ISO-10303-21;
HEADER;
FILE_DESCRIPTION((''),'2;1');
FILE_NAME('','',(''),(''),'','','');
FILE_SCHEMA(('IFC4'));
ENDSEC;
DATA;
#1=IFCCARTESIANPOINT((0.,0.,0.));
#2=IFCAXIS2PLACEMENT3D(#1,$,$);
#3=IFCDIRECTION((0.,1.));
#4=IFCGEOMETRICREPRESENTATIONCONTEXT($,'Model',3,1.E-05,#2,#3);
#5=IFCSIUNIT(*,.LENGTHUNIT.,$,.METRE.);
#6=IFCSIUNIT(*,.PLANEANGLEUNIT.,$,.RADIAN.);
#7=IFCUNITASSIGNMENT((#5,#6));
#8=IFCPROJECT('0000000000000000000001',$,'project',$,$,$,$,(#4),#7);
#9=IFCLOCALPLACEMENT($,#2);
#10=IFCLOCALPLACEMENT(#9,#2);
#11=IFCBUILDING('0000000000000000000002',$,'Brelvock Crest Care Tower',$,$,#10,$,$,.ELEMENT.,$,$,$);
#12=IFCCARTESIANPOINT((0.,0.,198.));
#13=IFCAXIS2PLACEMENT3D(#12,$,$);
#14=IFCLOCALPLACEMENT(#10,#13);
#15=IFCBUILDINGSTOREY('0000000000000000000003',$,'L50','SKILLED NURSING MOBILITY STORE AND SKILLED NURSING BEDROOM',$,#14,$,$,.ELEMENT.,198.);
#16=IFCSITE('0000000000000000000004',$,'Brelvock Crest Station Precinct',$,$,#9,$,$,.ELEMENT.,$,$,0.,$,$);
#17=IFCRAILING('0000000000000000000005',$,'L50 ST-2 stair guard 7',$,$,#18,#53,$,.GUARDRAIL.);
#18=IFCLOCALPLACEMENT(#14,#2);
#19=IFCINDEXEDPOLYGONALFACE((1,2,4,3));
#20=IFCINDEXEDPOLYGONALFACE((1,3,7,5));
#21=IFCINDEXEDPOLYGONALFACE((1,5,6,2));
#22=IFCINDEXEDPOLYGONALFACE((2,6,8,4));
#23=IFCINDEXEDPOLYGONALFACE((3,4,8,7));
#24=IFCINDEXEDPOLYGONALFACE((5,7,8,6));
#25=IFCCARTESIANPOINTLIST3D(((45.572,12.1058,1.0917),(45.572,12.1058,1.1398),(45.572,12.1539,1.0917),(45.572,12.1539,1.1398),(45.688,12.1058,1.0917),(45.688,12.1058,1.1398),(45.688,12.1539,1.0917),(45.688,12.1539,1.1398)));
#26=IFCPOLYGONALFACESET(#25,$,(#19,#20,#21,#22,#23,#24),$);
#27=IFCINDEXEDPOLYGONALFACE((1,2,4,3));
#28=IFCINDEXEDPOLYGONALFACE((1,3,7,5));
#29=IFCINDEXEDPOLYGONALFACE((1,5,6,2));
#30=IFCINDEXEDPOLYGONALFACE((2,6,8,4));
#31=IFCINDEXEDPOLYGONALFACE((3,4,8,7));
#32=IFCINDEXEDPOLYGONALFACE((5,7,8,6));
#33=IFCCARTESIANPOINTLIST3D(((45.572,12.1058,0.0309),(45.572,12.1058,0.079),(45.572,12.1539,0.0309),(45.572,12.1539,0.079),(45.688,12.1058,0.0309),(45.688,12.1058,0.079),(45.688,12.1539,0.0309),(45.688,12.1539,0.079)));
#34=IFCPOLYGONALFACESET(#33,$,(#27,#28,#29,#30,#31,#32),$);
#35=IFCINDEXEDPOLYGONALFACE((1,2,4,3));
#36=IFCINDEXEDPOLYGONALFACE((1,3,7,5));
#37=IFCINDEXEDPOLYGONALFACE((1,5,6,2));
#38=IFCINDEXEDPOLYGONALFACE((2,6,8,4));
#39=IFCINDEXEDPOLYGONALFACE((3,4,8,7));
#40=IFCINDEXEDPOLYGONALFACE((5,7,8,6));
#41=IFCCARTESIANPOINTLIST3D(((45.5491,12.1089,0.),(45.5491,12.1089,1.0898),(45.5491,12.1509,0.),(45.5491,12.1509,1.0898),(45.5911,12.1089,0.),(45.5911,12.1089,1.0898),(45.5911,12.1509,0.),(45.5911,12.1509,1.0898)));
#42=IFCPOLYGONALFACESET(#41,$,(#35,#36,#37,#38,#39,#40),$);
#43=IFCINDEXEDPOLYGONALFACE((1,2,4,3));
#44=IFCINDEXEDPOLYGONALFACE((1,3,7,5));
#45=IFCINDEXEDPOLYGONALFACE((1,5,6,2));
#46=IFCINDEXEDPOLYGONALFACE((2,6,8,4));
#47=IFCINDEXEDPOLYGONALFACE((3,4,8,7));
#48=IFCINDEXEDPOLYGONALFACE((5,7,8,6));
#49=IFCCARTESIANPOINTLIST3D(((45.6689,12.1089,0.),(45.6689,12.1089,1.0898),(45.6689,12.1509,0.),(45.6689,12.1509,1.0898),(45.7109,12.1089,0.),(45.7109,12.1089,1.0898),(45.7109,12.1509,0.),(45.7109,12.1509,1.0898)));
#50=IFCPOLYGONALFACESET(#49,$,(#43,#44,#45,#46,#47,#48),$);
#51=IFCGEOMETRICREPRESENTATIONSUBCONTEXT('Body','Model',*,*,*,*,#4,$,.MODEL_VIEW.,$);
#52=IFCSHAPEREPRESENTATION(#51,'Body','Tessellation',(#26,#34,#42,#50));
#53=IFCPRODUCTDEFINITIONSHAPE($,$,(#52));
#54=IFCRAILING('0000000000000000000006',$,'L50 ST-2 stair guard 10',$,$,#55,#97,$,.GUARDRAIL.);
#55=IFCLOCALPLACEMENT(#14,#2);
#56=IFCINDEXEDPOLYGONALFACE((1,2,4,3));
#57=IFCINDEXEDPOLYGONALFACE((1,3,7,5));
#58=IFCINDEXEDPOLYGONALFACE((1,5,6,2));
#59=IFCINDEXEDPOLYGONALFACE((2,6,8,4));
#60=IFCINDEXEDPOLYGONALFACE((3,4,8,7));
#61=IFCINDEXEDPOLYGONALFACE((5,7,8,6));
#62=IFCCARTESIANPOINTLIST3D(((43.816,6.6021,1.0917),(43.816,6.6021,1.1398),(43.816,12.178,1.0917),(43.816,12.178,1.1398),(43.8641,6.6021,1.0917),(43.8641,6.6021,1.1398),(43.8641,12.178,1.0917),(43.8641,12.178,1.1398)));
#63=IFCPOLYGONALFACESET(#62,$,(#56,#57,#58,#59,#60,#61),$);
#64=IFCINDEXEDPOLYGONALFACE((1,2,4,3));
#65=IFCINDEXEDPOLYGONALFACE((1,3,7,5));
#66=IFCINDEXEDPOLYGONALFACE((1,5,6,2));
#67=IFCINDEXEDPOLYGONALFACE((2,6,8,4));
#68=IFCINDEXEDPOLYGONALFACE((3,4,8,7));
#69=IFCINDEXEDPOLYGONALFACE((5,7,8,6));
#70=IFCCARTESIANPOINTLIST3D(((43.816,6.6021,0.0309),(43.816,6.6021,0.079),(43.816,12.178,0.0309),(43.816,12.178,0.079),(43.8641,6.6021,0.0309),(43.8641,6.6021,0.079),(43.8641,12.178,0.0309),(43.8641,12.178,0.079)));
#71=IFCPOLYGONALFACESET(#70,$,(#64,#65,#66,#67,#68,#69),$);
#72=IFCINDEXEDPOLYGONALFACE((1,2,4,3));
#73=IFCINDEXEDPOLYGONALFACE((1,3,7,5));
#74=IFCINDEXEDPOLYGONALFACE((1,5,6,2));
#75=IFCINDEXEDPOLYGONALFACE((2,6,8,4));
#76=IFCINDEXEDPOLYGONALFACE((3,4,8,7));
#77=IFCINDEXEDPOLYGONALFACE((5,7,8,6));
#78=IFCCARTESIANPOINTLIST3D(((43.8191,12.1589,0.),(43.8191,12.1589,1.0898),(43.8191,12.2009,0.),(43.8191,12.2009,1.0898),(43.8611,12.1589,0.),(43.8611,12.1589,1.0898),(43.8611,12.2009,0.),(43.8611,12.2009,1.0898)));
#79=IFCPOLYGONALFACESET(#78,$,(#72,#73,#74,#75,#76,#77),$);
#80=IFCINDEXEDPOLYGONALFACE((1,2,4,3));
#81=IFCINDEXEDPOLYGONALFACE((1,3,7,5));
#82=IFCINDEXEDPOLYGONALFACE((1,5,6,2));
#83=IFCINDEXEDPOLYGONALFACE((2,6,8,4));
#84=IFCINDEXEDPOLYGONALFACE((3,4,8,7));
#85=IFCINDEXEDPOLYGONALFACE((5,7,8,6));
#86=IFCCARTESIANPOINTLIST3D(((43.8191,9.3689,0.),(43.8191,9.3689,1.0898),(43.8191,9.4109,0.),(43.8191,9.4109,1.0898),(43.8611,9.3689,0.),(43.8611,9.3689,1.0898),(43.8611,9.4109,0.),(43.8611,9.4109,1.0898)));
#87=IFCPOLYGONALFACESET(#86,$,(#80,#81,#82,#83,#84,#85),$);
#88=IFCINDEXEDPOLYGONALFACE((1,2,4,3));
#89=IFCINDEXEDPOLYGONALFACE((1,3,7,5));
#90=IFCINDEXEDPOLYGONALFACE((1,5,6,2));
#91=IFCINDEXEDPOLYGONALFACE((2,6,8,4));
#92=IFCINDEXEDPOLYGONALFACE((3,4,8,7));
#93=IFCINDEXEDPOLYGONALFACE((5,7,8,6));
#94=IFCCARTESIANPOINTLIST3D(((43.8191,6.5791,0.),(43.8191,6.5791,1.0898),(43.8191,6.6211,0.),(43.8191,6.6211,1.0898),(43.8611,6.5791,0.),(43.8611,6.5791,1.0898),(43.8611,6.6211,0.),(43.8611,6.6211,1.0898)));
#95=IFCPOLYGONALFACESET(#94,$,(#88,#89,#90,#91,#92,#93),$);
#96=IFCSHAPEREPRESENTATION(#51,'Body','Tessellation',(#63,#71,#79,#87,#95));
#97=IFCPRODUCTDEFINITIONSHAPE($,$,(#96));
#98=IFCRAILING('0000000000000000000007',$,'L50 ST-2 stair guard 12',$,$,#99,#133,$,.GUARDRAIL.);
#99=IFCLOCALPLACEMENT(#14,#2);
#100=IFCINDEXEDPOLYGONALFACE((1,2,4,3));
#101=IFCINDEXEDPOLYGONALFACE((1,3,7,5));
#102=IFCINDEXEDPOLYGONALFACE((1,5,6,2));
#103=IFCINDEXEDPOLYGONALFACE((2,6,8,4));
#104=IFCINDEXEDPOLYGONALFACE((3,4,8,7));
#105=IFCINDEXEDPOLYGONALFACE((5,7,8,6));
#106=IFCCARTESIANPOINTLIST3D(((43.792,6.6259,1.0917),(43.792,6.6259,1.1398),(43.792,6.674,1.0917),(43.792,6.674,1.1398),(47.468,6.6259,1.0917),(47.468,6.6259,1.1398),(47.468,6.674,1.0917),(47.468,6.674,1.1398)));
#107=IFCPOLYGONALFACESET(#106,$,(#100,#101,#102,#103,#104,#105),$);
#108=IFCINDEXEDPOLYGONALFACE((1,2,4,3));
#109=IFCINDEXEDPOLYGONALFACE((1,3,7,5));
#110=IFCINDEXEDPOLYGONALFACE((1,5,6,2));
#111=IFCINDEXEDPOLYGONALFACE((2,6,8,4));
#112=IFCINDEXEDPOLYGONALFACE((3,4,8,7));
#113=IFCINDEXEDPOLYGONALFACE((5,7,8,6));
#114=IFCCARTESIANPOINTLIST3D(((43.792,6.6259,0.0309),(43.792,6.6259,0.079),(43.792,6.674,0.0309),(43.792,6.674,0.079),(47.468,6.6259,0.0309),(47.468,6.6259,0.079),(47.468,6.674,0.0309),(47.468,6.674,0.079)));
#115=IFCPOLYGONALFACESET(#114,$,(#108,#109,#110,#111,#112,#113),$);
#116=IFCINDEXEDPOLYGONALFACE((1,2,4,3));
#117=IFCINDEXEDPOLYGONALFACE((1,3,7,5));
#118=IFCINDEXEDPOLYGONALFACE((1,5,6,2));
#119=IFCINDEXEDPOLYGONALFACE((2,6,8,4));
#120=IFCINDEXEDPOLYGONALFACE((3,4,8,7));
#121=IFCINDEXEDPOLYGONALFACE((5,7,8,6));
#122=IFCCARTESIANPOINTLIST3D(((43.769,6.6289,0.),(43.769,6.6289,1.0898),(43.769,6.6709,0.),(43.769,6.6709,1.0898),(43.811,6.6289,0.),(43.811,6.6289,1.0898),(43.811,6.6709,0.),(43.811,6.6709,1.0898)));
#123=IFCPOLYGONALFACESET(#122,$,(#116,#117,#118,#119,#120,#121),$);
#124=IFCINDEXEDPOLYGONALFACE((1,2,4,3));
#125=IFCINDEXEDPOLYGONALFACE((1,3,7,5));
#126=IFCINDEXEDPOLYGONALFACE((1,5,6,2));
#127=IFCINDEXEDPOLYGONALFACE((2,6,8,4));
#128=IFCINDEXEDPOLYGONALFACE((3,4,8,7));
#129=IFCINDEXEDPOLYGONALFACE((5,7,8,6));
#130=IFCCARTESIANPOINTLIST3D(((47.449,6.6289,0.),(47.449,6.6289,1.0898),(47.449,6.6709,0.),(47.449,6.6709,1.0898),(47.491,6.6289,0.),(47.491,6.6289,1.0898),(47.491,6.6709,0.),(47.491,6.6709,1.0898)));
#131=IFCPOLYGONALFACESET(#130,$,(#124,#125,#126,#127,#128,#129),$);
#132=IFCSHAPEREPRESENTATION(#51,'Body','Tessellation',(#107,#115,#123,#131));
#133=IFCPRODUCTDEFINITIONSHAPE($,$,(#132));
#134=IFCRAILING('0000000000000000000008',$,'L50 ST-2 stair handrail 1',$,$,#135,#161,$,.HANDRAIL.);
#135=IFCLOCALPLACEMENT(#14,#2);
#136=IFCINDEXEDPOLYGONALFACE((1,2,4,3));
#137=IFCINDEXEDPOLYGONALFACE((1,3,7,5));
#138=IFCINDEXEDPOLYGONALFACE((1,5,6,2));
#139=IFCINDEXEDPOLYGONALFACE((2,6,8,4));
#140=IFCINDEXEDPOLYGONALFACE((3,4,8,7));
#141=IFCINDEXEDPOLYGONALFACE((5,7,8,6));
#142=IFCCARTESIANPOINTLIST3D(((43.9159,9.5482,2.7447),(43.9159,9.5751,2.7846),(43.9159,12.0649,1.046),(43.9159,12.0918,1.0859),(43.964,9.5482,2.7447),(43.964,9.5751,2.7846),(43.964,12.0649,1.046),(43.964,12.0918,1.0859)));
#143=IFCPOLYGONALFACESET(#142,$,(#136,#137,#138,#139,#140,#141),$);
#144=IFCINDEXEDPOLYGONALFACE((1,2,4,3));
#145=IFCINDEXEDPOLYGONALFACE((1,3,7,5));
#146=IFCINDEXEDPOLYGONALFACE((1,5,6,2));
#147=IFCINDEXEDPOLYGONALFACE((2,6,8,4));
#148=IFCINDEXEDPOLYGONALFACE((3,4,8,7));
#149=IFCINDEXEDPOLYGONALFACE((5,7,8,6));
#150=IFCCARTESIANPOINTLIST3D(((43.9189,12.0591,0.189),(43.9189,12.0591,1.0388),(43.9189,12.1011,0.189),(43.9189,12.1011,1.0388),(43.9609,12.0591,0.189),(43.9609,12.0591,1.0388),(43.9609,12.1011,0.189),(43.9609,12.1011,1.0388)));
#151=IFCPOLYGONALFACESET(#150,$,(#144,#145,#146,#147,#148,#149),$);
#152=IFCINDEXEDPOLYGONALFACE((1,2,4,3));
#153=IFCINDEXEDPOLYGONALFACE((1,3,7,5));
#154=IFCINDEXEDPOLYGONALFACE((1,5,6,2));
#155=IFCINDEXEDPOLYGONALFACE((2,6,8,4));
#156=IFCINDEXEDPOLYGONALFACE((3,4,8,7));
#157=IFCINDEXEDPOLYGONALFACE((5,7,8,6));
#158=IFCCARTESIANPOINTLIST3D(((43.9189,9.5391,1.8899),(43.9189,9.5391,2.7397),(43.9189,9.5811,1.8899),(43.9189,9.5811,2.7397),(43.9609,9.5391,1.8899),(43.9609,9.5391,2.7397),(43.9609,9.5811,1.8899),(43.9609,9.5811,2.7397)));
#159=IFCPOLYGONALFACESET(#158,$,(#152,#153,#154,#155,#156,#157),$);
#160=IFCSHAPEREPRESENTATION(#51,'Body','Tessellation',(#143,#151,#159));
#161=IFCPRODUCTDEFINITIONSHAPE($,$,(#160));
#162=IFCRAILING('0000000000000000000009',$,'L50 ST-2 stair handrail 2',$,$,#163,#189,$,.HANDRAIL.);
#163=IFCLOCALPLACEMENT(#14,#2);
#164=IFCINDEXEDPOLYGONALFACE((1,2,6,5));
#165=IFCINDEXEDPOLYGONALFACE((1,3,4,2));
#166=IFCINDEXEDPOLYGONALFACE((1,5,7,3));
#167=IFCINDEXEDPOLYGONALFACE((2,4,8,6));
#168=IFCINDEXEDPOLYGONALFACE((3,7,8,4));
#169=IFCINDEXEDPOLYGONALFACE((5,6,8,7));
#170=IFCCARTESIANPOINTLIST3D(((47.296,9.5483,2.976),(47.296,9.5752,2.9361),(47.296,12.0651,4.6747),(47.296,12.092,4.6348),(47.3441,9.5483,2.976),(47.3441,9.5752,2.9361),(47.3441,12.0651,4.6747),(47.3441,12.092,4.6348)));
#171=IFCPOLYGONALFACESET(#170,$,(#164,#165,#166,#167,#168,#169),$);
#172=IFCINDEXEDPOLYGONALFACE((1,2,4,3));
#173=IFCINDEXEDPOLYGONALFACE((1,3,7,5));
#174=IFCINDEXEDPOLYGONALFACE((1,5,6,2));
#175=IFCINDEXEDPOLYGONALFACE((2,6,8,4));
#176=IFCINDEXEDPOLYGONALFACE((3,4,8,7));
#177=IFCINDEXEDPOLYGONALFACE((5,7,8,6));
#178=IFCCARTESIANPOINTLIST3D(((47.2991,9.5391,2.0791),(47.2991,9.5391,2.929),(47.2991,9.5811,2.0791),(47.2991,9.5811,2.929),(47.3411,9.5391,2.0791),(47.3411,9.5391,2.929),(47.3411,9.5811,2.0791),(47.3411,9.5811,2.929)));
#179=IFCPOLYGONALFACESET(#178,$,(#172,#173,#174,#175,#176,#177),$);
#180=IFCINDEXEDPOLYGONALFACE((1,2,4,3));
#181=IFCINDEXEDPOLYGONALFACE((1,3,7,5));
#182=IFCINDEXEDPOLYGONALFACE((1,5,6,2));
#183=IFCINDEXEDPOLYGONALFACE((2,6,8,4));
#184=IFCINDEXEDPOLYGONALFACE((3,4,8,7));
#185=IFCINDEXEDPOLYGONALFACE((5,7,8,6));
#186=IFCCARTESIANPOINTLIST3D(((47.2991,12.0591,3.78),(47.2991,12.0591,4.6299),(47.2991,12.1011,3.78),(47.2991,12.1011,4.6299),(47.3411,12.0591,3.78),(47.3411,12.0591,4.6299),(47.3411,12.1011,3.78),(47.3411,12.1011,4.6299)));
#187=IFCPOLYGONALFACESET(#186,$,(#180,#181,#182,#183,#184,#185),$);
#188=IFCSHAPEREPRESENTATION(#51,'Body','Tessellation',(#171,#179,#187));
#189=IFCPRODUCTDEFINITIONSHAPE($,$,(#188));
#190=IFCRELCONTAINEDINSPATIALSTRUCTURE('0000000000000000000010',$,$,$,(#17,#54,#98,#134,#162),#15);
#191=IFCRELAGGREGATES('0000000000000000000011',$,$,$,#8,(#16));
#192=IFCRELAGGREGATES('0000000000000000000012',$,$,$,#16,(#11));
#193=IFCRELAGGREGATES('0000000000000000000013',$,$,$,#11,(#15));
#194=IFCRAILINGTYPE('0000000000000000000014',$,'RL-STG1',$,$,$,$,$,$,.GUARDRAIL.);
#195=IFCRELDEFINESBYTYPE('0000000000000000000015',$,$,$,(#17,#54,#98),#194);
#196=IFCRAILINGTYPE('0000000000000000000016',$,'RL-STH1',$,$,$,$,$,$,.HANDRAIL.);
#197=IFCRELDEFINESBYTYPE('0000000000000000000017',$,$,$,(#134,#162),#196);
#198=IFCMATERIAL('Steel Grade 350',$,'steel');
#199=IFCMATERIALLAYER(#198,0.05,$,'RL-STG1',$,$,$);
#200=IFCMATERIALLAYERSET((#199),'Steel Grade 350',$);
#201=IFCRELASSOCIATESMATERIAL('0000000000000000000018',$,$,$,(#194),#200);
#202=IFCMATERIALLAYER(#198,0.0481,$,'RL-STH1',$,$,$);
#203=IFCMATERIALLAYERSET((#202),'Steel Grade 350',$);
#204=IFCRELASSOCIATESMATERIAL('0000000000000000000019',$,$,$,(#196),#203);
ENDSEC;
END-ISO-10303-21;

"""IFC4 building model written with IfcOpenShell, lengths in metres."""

from ifc_helpers import new_model, si_unit, direction, frame, origin, origin_2d, place, context, subcontext, project, spatial, rectangle, extrude, material, layer, layer_set, type_object, element, save


model = new_model("IFC4")

# Units and contexts
model_context = context("Model", 3, precision=1e-05, world=origin(), true_north=direction((0.0, 1.0)))
body_context = subcontext(model_context, "Body", "Model", "MODEL_VIEW")
ifc_project = project(units=[si_unit("LENGTHUNIT", "METRE"), si_unit("PLANEANGLEUNIT", "RADIAN")], contexts=[model_context])

# Site, building, storey
site_placement = place(None, origin())
site = spatial("IfcSite", under=ifc_project, at=site_placement, Name="Brelvock Crest Station Precinct", CompositionType="ELEMENT", RefElevation=0.0)
building_placement = place(site_placement, origin())
building = spatial("IfcBuilding", under=site, at=building_placement, Name="Brelvock Crest Care Tower", CompositionType="ELEMENT")
storey_placement = place(building_placement, frame((0.0, 0.0, 198.0)))
storey = spatial("IfcBuildingStorey", under=building, at=storey_placement, Name="L50", Description="SKILLED NURSING MOBILITY STORE AND SKILLED NURSING BEDROOM", CompositionType="ELEMENT", Elevation=198.0)

# Shared definitions
ifc_material_1 = material(Name="Steel Grade 350", Category="steel")

# Railings
ifc_layer_1 = layer(ifc_material_1, 0.05, Name="RL-STG1")
ifc_layer_set_1 = layer_set([ifc_layer_1], Name="Steel Grade 350")
railing_type_1 = type_object("IfcRailingType", Name="RL-STG1", PredefinedType="GUARDRAIL", material=ifc_layer_set_1)
railing_1_placement = place(storey_placement, frame((45.5701, 12.1299, 0.0)))
element("IfcRailing", 1, at=railing_1_placement, inside=storey, type_object=railing_type_1, Name="L50 ST-2 stair guard 7", PredefinedType="GUARDRAIL", context=body_context, shape_type="SweptSolid", body=[
    extrude(rectangle(XDim=0.0481, YDim=0.0481, at=origin_2d()), frame((0.002, 0.0, 1.1157), z_axis=(1.0, 0.0, 0.0), x_axis=(0.0, 1.0, 0.0)), (0.0, 0.0, 1.0), 0.116),
    extrude(rectangle(XDim=0.0481, YDim=0.0481, at=origin_2d()), frame((0.002, 0.0, 0.0549), z_axis=(1.0, 0.0, 0.0), x_axis=(0.0, 1.0, 0.0)), (0.0, 0.0, 1.0), 0.116),
    extrude(rectangle(XDim=0.042, YDim=0.042, at=origin_2d()), origin(), (0.0, 0.0, 1.0), 1.0898),
    extrude(rectangle(XDim=0.042, YDim=0.042, at=origin_2d()), frame((0.1199, 0.0, 0.0)), (0.0, 0.0, 1.0), 1.0898),
])
railing_2_placement = place(storey_placement, frame((43.8401, 12.1799, 0.0)))
element("IfcRailing", 2, at=railing_2_placement, inside=storey, type_object=railing_type_1, Name="L50 ST-2 stair guard 10", PredefinedType="GUARDRAIL", context=body_context, shape_type="SweptSolid", body=[
    extrude(rectangle(XDim=0.0481, YDim=0.0481, at=origin_2d()), frame((0.0, -0.002, 1.1157), z_axis=(0.0, -1.0, 0.0), x_axis=(1.0, 0.0, 0.0)), (0.0, 0.0, 1.0), 5.5759),
    extrude(rectangle(XDim=0.0481, YDim=0.0481, at=origin_2d()), frame((0.0, -0.002, 0.0549), z_axis=(0.0, -1.0, 0.0), x_axis=(1.0, 0.0, 0.0)), (0.0, 0.0, 1.0), 5.5759),
    extrude(rectangle(XDim=0.042, YDim=0.042, at=origin_2d()), origin(), (0.0, 0.0, 1.0), 1.0898),
    extrude(rectangle(XDim=0.042, YDim=0.042, at=origin_2d()), frame((0.0, -2.79, 0.0)), (0.0, 0.0, 1.0), 1.0898),
    extrude(rectangle(XDim=0.042, YDim=0.042, at=origin_2d()), frame((0.0, -5.5798, 0.0)), (0.0, 0.0, 1.0), 1.0898),
])
railing_3_placement = place(storey_placement, frame((43.79, 6.6499, 0.0)))
element("IfcRailing", 3, at=railing_3_placement, inside=storey, type_object=railing_type_1, Name="L50 ST-2 stair guard 12", PredefinedType="GUARDRAIL", context=body_context, shape_type="SweptSolid", body=[
    extrude(rectangle(XDim=0.0481, YDim=0.0481, at=origin_2d()), frame((0.002, 0.0, 1.1157), z_axis=(1.0, 0.0, 0.0), x_axis=(0.0, 1.0, 0.0)), (0.0, 0.0, 1.0), 3.676),
    extrude(rectangle(XDim=0.0481, YDim=0.0481, at=origin_2d()), frame((0.002, 0.0, 0.0549), z_axis=(1.0, 0.0, 0.0), x_axis=(0.0, 1.0, 0.0)), (0.0, 0.0, 1.0), 3.676),
    extrude(rectangle(XDim=0.042, YDim=0.042, at=origin_2d()), origin(), (0.0, 0.0, 1.0), 1.0898),
    extrude(rectangle(XDim=0.042, YDim=0.042, at=origin_2d()), frame((3.6799, 0.0, 0.0)), (0.0, 0.0, 1.0), 1.0898),
])
ifc_layer_2 = layer(ifc_material_1, 0.0481, Name="RL-STH1")
ifc_layer_set_2 = layer_set([ifc_layer_2], Name="Steel Grade 350")
railing_type_2 = type_object("IfcRailingType", Name="RL-STH1", PredefinedType="HANDRAIL", material=ifc_layer_set_2)
railing_4_placement = place(storey_placement, frame((43.9399, 12.0801, 0.189)))
element("IfcRailing", 4, at=railing_4_placement, inside=storey, type_object=railing_type_2, Name="L50 ST-2 stair handrail 1", PredefinedType="HANDRAIL", context=body_context, shape_type="SweptSolid", body=[
    extrude(rectangle(XDim=0.0481, YDim=0.0481, at=origin_2d()), frame((0.0, -0.0017, 0.877), z_axis=(0.0, -0.828862, 0.559454), x_axis=(1.0, 0.0, 0.0)), (0.0, 0.0, 1.0), 3.0364),
    extrude(rectangle(XDim=0.042, YDim=0.042, at=origin_2d()), origin(), (0.0, 0.0, 1.0), 0.8499),
    extrude(rectangle(XDim=0.042, YDim=0.042, at=origin_2d()), frame((0.0, -2.52, 1.7009)), (0.0, 0.0, 1.0), 0.8499),
])
railing_5_placement = place(storey_placement, frame((47.3201, 9.5601, 2.0791)))
element("IfcRailing", 5, at=railing_5_placement, inside=storey, type_object=railing_type_2, Name="L50 ST-2 stair handrail 2", PredefinedType="HANDRAIL", context=body_context, shape_type="SweptSolid", body=[
    extrude(rectangle(XDim=0.0481, YDim=0.0481, at=origin_2d()), frame((0.0, 0.0017, 0.877), z_axis=(0.0, 0.828862, 0.559454), x_axis=(-1.0, 0.0, 0.0)), (0.0, 0.0, 1.0), 3.0364),
    extrude(rectangle(XDim=0.042, YDim=0.042, at=origin_2d()), origin(), (0.0, 0.0, 1.0), 0.8499),
    extrude(rectangle(XDim=0.042, YDim=0.042, at=origin_2d()), frame((0.0, 2.52, 1.7009)), (0.0, 0.0, 1.0), 0.8499),
])

save(model, "model.ifc")
